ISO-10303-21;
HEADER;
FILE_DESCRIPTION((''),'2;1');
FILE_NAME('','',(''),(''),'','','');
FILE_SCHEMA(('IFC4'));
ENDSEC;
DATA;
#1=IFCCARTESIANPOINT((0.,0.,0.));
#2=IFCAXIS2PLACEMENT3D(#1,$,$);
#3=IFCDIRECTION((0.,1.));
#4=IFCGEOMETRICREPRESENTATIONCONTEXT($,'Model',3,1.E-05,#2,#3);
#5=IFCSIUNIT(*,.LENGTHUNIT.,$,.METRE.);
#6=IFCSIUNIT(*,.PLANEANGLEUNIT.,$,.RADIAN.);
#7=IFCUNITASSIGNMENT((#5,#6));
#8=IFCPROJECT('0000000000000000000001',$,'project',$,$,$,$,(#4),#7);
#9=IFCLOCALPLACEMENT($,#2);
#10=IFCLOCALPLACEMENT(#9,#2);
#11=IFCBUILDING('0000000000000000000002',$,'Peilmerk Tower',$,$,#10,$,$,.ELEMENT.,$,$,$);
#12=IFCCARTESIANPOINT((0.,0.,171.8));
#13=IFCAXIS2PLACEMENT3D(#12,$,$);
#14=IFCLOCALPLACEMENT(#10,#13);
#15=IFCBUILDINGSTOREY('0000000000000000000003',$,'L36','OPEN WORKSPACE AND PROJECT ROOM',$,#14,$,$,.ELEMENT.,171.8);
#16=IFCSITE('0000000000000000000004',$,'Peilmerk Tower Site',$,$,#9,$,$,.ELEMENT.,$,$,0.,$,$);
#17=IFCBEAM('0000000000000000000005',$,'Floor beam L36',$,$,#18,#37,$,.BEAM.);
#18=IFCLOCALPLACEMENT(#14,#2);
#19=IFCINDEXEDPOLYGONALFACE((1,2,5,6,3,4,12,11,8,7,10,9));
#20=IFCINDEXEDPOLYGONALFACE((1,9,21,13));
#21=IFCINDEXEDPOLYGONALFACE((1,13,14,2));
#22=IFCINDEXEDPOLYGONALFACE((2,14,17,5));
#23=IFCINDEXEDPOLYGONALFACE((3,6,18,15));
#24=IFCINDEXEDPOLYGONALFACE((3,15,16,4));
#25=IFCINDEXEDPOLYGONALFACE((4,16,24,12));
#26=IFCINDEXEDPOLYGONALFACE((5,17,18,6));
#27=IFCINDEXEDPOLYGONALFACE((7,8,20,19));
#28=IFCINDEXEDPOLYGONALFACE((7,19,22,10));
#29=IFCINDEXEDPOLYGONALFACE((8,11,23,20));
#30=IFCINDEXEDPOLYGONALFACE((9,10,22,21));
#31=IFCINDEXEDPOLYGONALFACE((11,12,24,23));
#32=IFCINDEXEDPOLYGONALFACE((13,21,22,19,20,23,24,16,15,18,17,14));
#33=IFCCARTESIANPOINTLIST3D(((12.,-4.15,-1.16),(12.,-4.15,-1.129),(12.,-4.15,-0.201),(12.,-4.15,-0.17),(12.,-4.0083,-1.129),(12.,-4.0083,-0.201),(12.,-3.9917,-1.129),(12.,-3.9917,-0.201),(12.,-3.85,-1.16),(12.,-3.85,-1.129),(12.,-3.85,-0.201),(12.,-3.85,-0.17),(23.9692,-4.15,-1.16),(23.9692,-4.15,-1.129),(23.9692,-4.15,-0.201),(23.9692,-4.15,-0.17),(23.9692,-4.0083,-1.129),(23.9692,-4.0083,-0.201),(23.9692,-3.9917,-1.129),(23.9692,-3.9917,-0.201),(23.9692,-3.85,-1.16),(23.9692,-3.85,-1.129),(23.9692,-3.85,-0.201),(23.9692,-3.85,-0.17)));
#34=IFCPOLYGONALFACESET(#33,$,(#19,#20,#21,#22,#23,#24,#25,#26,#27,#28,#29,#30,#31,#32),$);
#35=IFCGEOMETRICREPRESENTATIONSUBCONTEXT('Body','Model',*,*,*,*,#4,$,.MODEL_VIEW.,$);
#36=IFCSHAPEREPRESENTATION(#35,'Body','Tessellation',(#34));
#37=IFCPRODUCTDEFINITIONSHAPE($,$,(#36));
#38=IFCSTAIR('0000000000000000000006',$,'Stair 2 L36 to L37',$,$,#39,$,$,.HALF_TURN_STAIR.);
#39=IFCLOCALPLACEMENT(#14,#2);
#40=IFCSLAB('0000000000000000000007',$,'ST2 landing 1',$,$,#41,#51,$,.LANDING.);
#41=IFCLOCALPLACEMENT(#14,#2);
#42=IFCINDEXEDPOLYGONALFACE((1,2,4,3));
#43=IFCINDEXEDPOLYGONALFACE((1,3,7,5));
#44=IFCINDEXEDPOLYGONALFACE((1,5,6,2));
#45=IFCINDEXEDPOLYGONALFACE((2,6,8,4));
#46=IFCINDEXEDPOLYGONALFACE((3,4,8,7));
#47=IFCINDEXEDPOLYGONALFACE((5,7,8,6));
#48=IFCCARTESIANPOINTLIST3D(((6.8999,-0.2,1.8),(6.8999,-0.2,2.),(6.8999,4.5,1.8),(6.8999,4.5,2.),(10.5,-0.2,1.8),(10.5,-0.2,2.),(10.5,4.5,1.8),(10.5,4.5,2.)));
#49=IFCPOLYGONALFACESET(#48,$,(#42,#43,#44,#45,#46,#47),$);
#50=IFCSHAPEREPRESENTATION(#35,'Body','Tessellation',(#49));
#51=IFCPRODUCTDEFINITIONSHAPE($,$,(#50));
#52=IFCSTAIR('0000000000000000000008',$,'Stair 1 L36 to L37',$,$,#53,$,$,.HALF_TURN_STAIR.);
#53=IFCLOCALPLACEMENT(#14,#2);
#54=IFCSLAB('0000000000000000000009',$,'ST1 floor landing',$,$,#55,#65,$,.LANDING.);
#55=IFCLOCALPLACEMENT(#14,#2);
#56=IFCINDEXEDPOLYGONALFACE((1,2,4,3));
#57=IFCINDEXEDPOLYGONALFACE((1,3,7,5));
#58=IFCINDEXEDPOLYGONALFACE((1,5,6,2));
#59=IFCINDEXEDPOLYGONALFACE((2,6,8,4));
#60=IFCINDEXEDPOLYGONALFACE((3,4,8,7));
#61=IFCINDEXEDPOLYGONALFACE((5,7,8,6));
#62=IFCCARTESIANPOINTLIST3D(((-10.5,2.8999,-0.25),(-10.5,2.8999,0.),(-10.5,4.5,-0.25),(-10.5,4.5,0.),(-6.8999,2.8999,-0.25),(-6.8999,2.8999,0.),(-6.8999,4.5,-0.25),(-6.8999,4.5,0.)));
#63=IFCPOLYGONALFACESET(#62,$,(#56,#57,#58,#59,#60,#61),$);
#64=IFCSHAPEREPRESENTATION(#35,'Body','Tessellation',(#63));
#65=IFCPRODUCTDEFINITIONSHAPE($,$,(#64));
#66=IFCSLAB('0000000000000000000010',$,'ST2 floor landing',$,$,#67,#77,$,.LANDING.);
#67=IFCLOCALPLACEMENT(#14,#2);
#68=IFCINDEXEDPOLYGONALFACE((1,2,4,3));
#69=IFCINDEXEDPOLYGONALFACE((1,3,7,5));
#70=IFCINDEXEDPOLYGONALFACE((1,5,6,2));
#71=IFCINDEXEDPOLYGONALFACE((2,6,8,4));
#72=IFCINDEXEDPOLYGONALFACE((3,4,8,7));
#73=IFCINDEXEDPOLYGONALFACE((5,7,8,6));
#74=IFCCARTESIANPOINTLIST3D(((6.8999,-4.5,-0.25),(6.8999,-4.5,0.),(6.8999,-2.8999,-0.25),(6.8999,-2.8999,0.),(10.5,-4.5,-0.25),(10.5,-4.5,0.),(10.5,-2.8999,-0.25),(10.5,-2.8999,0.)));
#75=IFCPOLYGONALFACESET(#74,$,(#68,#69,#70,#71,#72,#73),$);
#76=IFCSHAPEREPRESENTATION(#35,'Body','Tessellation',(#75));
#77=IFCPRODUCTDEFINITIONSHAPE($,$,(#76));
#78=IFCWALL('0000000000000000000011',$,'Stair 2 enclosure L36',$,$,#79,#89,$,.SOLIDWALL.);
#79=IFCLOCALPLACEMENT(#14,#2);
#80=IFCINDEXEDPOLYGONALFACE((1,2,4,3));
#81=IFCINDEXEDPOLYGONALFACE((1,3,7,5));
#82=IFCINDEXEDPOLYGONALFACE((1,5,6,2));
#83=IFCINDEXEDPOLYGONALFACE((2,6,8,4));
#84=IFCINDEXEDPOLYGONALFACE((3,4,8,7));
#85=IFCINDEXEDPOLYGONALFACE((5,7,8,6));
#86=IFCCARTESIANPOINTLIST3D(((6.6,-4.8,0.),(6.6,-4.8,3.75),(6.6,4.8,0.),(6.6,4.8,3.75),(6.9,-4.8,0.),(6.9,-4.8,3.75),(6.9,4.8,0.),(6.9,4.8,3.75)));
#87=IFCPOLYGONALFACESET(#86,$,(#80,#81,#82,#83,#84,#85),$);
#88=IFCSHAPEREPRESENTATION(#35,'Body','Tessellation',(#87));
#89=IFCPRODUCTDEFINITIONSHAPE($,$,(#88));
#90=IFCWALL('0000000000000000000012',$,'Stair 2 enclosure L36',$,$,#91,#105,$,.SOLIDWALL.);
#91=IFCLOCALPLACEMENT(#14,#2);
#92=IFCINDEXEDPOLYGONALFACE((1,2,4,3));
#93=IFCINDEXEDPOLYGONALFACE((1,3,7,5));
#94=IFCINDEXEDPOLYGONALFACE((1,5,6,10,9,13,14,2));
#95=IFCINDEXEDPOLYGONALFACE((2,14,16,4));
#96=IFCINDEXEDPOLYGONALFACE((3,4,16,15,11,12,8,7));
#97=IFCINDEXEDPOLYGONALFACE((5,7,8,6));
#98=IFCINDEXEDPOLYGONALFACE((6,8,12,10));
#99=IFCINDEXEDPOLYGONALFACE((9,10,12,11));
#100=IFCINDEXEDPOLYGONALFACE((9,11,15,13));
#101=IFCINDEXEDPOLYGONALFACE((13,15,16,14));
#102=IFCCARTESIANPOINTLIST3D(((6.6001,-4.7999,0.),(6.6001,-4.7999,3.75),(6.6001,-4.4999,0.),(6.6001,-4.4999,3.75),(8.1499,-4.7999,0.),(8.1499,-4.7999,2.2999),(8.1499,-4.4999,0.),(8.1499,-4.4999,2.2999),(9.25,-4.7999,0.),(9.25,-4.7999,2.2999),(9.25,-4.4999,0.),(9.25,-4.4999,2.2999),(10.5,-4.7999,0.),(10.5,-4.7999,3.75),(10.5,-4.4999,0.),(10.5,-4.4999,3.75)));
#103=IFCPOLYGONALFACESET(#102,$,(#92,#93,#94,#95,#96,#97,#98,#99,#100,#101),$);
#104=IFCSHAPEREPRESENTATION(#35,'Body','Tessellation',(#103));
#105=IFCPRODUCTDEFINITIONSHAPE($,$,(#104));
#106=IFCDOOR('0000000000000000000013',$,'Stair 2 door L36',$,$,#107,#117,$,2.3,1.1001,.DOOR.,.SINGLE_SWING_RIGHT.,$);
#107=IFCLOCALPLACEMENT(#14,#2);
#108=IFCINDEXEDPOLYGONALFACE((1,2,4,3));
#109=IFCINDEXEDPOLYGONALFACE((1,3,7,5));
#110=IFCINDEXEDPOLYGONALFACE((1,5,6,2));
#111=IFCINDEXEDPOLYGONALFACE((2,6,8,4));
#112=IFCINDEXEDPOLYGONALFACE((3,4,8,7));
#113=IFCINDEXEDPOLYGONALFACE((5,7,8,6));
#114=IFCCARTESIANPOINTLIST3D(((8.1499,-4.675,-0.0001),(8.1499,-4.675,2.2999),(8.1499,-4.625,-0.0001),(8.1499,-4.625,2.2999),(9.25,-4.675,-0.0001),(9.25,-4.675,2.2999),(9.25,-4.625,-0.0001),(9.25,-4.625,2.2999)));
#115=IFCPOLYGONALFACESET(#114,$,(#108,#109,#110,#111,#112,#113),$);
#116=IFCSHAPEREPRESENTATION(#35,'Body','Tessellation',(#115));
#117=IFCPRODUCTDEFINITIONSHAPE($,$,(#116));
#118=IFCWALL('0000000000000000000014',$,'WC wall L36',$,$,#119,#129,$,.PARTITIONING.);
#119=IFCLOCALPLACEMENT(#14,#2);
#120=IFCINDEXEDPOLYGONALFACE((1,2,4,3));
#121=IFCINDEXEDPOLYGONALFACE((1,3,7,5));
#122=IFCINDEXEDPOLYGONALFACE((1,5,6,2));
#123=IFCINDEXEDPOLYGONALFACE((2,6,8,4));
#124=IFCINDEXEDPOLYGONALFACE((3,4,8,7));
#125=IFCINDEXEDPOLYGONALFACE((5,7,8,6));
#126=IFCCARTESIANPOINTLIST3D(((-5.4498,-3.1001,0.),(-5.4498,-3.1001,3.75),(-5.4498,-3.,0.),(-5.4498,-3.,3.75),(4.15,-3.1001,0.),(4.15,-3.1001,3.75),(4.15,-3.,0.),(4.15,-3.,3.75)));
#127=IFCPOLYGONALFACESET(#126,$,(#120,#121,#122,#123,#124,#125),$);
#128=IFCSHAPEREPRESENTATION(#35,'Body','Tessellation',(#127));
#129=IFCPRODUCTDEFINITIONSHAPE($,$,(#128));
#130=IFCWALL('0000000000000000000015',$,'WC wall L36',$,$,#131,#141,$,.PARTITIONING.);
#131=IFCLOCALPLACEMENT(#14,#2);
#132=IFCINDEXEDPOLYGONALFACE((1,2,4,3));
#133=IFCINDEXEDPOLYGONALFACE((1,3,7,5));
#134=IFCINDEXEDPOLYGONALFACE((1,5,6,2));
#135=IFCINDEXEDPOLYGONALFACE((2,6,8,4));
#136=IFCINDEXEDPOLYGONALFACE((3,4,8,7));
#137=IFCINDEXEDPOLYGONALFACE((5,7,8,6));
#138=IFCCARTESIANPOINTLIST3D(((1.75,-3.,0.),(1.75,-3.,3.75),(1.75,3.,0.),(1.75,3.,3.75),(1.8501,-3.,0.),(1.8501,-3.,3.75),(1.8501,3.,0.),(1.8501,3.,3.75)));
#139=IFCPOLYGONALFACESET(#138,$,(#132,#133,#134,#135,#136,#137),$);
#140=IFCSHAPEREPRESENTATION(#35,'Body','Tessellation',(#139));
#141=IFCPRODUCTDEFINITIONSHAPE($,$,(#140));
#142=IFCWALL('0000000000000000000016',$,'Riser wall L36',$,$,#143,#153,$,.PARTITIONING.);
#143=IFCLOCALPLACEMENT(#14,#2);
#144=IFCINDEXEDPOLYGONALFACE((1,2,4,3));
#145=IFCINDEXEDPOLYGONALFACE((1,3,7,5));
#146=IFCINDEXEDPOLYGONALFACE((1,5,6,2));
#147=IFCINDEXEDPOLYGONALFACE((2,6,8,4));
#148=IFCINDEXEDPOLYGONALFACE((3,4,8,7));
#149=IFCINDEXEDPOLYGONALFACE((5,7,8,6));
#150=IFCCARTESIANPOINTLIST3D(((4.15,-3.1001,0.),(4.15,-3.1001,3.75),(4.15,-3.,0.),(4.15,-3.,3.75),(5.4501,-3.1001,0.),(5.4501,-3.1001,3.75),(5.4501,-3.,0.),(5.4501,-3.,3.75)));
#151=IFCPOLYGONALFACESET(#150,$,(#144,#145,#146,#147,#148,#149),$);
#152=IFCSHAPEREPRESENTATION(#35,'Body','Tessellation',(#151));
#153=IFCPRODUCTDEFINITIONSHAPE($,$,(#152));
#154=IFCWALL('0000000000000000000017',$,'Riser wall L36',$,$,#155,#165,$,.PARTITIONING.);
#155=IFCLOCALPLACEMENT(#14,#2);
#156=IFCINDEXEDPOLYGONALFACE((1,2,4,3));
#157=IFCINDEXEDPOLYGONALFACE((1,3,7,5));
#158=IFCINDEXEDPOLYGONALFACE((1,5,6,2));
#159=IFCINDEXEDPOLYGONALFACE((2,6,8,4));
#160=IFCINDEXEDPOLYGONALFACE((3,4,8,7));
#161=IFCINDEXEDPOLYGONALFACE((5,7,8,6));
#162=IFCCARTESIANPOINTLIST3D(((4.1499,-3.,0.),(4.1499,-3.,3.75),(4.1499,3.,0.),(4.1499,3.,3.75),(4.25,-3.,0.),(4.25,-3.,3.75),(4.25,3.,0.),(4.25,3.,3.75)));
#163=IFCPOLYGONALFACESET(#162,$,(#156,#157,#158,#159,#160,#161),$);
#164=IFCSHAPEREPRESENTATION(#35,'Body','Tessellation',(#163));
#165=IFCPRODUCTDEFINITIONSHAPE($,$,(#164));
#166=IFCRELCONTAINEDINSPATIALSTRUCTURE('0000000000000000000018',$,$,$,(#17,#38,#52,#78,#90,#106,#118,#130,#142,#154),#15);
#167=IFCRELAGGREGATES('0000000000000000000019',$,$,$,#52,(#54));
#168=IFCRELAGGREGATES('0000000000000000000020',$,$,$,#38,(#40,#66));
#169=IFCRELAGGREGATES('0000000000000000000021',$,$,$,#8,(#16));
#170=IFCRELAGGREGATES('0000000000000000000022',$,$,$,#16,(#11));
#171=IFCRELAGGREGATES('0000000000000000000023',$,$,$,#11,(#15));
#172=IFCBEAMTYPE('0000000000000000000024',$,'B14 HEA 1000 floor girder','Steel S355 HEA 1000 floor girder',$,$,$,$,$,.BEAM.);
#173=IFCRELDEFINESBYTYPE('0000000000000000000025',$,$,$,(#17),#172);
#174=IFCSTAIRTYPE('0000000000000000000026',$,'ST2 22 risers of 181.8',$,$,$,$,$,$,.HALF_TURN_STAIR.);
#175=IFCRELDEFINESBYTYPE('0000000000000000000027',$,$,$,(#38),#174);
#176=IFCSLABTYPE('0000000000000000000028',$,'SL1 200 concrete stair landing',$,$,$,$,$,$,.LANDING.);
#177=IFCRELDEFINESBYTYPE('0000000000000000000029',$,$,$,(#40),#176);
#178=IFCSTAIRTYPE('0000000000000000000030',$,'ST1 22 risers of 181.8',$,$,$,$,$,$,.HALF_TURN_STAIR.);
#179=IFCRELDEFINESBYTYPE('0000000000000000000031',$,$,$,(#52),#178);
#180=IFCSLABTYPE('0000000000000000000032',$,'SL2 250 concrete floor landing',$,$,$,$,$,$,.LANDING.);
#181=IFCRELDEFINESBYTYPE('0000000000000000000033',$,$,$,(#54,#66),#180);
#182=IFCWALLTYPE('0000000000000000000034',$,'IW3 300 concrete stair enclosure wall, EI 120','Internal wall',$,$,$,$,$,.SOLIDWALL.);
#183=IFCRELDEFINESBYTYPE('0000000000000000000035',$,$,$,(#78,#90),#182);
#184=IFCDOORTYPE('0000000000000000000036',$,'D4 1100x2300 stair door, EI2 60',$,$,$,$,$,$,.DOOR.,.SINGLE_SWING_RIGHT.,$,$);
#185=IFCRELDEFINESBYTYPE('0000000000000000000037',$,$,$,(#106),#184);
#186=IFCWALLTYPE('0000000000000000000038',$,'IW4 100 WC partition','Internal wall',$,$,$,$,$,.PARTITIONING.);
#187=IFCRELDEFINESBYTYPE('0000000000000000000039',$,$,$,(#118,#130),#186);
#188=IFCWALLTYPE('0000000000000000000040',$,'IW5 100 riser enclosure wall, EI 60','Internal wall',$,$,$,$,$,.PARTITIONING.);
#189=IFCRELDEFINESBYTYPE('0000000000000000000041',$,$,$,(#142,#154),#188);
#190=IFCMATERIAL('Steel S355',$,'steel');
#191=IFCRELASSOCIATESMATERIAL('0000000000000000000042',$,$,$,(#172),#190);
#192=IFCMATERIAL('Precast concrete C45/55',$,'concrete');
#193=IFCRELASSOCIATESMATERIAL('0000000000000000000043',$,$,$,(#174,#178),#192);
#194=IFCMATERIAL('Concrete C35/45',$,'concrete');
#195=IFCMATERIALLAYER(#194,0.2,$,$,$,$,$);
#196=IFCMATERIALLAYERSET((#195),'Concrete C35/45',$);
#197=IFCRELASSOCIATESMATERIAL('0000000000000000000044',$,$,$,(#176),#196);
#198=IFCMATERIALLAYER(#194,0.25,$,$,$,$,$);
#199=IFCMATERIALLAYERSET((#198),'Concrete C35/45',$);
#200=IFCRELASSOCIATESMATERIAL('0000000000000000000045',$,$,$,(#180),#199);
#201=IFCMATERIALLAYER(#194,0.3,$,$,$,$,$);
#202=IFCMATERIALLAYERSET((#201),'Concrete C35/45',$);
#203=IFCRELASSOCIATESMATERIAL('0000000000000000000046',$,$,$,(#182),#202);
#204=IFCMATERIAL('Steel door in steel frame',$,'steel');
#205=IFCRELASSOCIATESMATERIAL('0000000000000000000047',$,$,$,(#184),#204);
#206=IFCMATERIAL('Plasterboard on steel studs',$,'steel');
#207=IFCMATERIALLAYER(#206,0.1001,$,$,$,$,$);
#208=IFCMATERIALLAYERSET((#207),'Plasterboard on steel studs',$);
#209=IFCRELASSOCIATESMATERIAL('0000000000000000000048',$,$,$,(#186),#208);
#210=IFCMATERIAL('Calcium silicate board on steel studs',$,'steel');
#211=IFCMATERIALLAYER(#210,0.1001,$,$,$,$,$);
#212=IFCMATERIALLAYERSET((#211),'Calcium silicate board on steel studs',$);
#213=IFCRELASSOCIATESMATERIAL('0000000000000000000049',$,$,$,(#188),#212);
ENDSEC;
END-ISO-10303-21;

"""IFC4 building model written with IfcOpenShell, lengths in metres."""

from ifc_helpers import new_model, si_unit, direction, frame, frame_2d, origin, origin_2d, place, context, subcontext, project, spatial, polyline, rectangle, i_section, outline, extrude, material, layer, layer_set, material_profile, profile_set, type_object, element, fill, aggregate, save


model = new_model("IFC4")

# Units and contexts
model_context = context("Model", 3, precision=1e-05, world=origin(), true_north=direction((0.0, 1.0)))
body_context = subcontext(model_context, "Body", "Model", "MODEL_VIEW")
ifc_project = project(units=[si_unit("LENGTHUNIT", "METRE"), si_unit("PLANEANGLEUNIT", "RADIAN")], contexts=[model_context])

# Site, building, storey
site_placement = place(None, origin())
site = spatial("IfcSite", under=ifc_project, at=site_placement, Name="Peilmerk Tower Site", CompositionType="ELEMENT", RefElevation=0.0)
building_placement = place(site_placement, origin())
building = spatial("IfcBuilding", under=site, at=building_placement, Name="Peilmerk Tower", CompositionType="ELEMENT")
storey_placement = place(building_placement, frame((0.0, 0.0, 171.8)))
storey = spatial("IfcBuildingStorey", under=building, at=storey_placement, Name="L36", Description="OPEN WORKSPACE AND PROJECT ROOM", CompositionType="ELEMENT", Elevation=171.8)

# Beam
ifc_material_1 = material(Name="Steel S355", Category="steel")
ifc_material_profile = material_profile(ifc_material_1, i_section(OverallWidth=0.3, OverallDepth=0.99, WebThickness=0.0166, FlangeThickness=0.031, at=origin_2d()), Name="HEA 1000")
ifc_profile_set = profile_set([ifc_material_profile], Name="Steel S355")
beam_type = type_object("IfcBeamType", Name="B14 HEA 1000 floor girder", Description="Steel S355 HEA 1000 floor girder", PredefinedType="BEAM", material=ifc_profile_set)
beam_placement = place(storey_placement, frame((12.0, -4.0, -0.665), z_axis=(1.0, 0.0, 0.0), x_axis=(0.0, 1.0, 0.0)))
element("IfcBeam", 1, at=beam_placement, inside=storey, type_object=beam_type, Name="Floor beam L36", PredefinedType="BEAM", context=body_context, shape_type="SweptSolid", body=[
    extrude(i_section(OverallWidth=0.3, OverallDepth=0.99, WebThickness=0.0166, FlangeThickness=0.031, at=origin_2d()), origin(), (0.0, 0.0, 1.0), 11.9692),
])

# Stairs, slabs
ifc_material_2 = material(Name="Precast concrete C45/55", Category="concrete")
stair_type_1 = type_object("IfcStairType", Name="ST2 22 risers of 181.8", PredefinedType="HALF_TURN_STAIR", material=ifc_material_2)
stair_1_placement = place(storey_placement, origin())
stair_1 = element("IfcStair", 2, at=stair_1_placement, inside=storey, type_object=stair_type_1, Name="Stair 2 L36 to L37", PredefinedType="HALF_TURN_STAIR")
ifc_material_3 = material(Name="Concrete C35/45", Category="concrete")
ifc_layer_1 = layer(ifc_material_3, 0.2)
ifc_layer_set_1 = layer_set([ifc_layer_1], Name="Concrete C35/45")
slab_type_1 = type_object("IfcSlabType", Name="SL1 200 concrete stair landing", PredefinedType="LANDING", material=ifc_layer_set_1)
slab_1_placement = place(storey_placement, frame((0.0, 0.0, 1.8)))
slab_1 = element("IfcSlab", 3, at=slab_1_placement, type_object=slab_type_1, Name="ST2 landing 1", PredefinedType="LANDING", context=body_context, shape_type="SweptSolid", body=[
    extrude(outline(polyline([(6.8999, -0.2), (10.5, -0.2), (10.5, 4.5), (6.8999, 4.5), (6.8999, -0.2)])), origin(), (0.0, 0.0, 1.0), 0.2),
])
stair_type_2 = type_object("IfcStairType", Name="ST1 22 risers of 181.8", PredefinedType="HALF_TURN_STAIR", material=ifc_material_2)
stair_2_placement = place(storey_placement, origin())
stair_2 = element("IfcStair", 4, at=stair_2_placement, inside=storey, type_object=stair_type_2, Name="Stair 1 L36 to L37", PredefinedType="HALF_TURN_STAIR")
ifc_layer_2 = layer(ifc_material_3, 0.25)
ifc_layer_set_2 = layer_set([ifc_layer_2], Name="Concrete C35/45")
slab_type_2 = type_object("IfcSlabType", Name="SL2 250 concrete floor landing", PredefinedType="LANDING", material=ifc_layer_set_2)
slab_2_placement = place(storey_placement, frame((0.0, 0.0, -0.25)))
slab_2 = element("IfcSlab", 5, at=slab_2_placement, type_object=slab_type_2, Name="ST1 floor landing", PredefinedType="LANDING", context=body_context, shape_type="SweptSolid", body=[
    extrude(outline(polyline([(-10.5, 2.8999), (-6.8999, 2.8999), (-6.8999, 4.5), (-10.5, 4.5), (-10.5, 2.8999)])), origin(), (0.0, 0.0, 1.0), 0.25),
])
aggregate(stair_2, [slab_2])

# Slab
slab_3_placement = place(storey_placement, frame((0.0, 0.0, -0.25)))
slab_3 = element("IfcSlab", 6, at=slab_3_placement, type_object=slab_type_2, Name="ST2 floor landing", PredefinedType="LANDING", context=body_context, shape_type="SweptSolid", body=[
    extrude(outline(polyline([(6.8999, -4.5), (10.5, -4.5), (10.5, -2.8999), (6.8999, -2.8999), (6.8999, -4.5)])), origin(), (0.0, 0.0, 1.0), 0.25),
])

# Wall
ifc_layer_3 = layer(ifc_material_3, 0.3)
ifc_layer_set_3 = layer_set([ifc_layer_3], Name="Concrete C35/45")
wall_type_1 = type_object("IfcWallType", Name="IW3 300 concrete stair enclosure wall, EI 120", Description="Internal wall", PredefinedType="SOLIDWALL", material=ifc_layer_set_3)
wall_1_placement = place(storey_placement, frame((6.75, -4.8, 0.0), z_axis=(0.0, 0.0, 1.0), x_axis=(0.0, 1.0, 0.0)))
element("IfcWall", 7, at=wall_1_placement, inside=storey, type_object=wall_type_1, Name="Stair 2 enclosure L36", PredefinedType="SOLIDWALL", context=body_context, shape_type="SweptSolid", body=[
    extrude(rectangle(XDim=9.6001, YDim=0.3, at=frame_2d((4.8, 0.0))), origin(), (0.0, 0.0, 1.0), 3.75),
])

# Wall, opening, door
wall_2_placement = place(storey_placement, frame((10.5, -4.6499, 0.0), z_axis=(0.0, 0.0, 1.0), x_axis=(-1.0, 0.0, 0.0)))
wall_2 = element("IfcWall", 8, at=wall_2_placement, inside=storey, type_object=wall_type_1, Name="Stair 2 enclosure L36", PredefinedType="SOLIDWALL", context=body_context, shape_type="SweptSolid", body=[
    extrude(rectangle(XDim=3.8999, YDim=0.3, at=frame_2d((1.95, 0.0))), origin(), (0.0, 0.0, 1.0), 3.75),
])
opening_1_placement = place(wall_2_placement, frame((1.25, 0.0, 0.0)))
opening_1 = element("IfcOpeningElement", 9, at=opening_1_placement, cuts=wall_2, PredefinedType="OPENING", context=body_context, shape_type="SweptSolid", body=[
    extrude(rectangle(XDim=1.1001, YDim=2.3, at=frame_2d((0.55, 1.1499))), frame((0.0, 0.1599, 0.0), z_axis=(0.0, -1.0, 0.0), x_axis=(1.0, 0.0, 0.0)), (0.0, 0.0, 1.0), 0.3201),
])
ifc_material_4 = material(Name="Steel door in steel frame", Category="steel")
door_type_1 = type_object("IfcDoorType", Name="D4 1100x2300 stair door, EI2 60", OperationType="SINGLE_SWING_RIGHT", PredefinedType="DOOR", material=ifc_material_4)
door_1_placement = place(opening_1_placement, frame((1.1001, 0.0, 0.0), z_axis=(0.0, 0.0, 1.0), x_axis=(-1.0, 0.0, 0.0)))
door_1 = element("IfcDoor", 10, at=door_1_placement, inside=storey, type_object=door_type_1, Name="Stair 2 door L36", OperationType="SINGLE_SWING_RIGHT", OverallHeight=2.3, OverallWidth=1.1001, PredefinedType="DOOR", context=body_context, shape_type="SweptSolid", body=[
    extrude(rectangle(XDim=1.1001, YDim=2.3, at=frame_2d((0.55, 1.1499))), frame((0.0, 0.0249, 0.0), z_axis=(0.0, -1.0, 0.0), x_axis=(1.0, 0.0, 0.0)), (0.0, 0.0, 1.0), 0.05),
])
fill(opening_1, door_1)

# Walls
ifc_material_5 = material(Name="Plasterboard on steel studs", Category="steel")
ifc_layer_4 = layer(ifc_material_5, 0.1001)
ifc_layer_set_4 = layer_set([ifc_layer_4], Name="Plasterboard on steel studs")
wall_type_2 = type_object("IfcWallType", Name="IW4 100 WC partition", Description="Internal wall", PredefinedType="PARTITIONING", material=ifc_layer_set_4)
wall_3_placement = place(storey_placement, frame((4.1499, -3.05, 0.0), z_axis=(0.0, 0.0, 1.0), x_axis=(-1.0, 0.0, 0.0)))
element("IfcWall", 11, at=wall_3_placement, inside=storey, type_object=wall_type_2, Name="WC wall L36", PredefinedType="PARTITIONING", context=body_context, shape_type="SweptSolid", body=[
    extrude(rectangle(XDim=9.5999, YDim=0.1001, at=frame_2d((4.7998, 0.0))), origin(), (0.0, 0.0, 1.0), 3.75),
])
wall_4_placement = place(storey_placement, frame((1.8, -3.0, 0.0), z_axis=(0.0, 0.0, 1.0), x_axis=(0.0, 1.0, 0.0)))
element("IfcWall", 12, at=wall_4_placement, inside=storey, type_object=wall_type_2, Name="WC wall L36", PredefinedType="PARTITIONING", context=body_context, shape_type="SweptSolid", body=[
    extrude(rectangle(XDim=6.0, YDim=0.1001, at=frame_2d((3.0, 0.0))), origin(), (0.0, 0.0, 1.0), 3.75),
])
ifc_material_6 = material(Name="Calcium silicate board on steel studs", Category="steel")
ifc_layer_5 = layer(ifc_material_6, 0.1001)
ifc_layer_set_5 = layer_set([ifc_layer_5], Name="Calcium silicate board on steel studs")
wall_type_3 = type_object("IfcWallType", Name="IW5 100 riser enclosure wall, EI 60", Description="Internal wall", PredefinedType="PARTITIONING", material=ifc_layer_set_5)
wall_5_placement = place(storey_placement, frame((5.45, -3.05, 0.0), z_axis=(0.0, 0.0, 1.0), x_axis=(-1.0, 0.0, 0.0)))
element("IfcWall", 13, at=wall_5_placement, inside=storey, type_object=wall_type_3, Name="Riser wall L36", PredefinedType="PARTITIONING", context=body_context, shape_type="SweptSolid", body=[
    extrude(rectangle(XDim=1.3, YDim=0.1001, at=frame_2d((0.6499, 0.0))), origin(), (0.0, 0.0, 1.0), 3.75),
])
wall_6_placement = place(storey_placement, frame((4.2, -3.0, 0.0), z_axis=(0.0, 0.0, 1.0), x_axis=(0.0, 1.0, 0.0)))
element("IfcWall", 14, at=wall_6_placement, inside=storey, type_object=wall_type_3, Name="Riser wall L36", PredefinedType="PARTITIONING", context=body_context, shape_type="SweptSolid", body=[
    extrude(rectangle(XDim=6.0, YDim=0.1001, at=frame_2d((3.0, 0.0))), origin(), (0.0, 0.0, 1.0), 3.75),
])

aggregate(stair_1, [slab_1, slab_3])

save(model, "model.ifc")
